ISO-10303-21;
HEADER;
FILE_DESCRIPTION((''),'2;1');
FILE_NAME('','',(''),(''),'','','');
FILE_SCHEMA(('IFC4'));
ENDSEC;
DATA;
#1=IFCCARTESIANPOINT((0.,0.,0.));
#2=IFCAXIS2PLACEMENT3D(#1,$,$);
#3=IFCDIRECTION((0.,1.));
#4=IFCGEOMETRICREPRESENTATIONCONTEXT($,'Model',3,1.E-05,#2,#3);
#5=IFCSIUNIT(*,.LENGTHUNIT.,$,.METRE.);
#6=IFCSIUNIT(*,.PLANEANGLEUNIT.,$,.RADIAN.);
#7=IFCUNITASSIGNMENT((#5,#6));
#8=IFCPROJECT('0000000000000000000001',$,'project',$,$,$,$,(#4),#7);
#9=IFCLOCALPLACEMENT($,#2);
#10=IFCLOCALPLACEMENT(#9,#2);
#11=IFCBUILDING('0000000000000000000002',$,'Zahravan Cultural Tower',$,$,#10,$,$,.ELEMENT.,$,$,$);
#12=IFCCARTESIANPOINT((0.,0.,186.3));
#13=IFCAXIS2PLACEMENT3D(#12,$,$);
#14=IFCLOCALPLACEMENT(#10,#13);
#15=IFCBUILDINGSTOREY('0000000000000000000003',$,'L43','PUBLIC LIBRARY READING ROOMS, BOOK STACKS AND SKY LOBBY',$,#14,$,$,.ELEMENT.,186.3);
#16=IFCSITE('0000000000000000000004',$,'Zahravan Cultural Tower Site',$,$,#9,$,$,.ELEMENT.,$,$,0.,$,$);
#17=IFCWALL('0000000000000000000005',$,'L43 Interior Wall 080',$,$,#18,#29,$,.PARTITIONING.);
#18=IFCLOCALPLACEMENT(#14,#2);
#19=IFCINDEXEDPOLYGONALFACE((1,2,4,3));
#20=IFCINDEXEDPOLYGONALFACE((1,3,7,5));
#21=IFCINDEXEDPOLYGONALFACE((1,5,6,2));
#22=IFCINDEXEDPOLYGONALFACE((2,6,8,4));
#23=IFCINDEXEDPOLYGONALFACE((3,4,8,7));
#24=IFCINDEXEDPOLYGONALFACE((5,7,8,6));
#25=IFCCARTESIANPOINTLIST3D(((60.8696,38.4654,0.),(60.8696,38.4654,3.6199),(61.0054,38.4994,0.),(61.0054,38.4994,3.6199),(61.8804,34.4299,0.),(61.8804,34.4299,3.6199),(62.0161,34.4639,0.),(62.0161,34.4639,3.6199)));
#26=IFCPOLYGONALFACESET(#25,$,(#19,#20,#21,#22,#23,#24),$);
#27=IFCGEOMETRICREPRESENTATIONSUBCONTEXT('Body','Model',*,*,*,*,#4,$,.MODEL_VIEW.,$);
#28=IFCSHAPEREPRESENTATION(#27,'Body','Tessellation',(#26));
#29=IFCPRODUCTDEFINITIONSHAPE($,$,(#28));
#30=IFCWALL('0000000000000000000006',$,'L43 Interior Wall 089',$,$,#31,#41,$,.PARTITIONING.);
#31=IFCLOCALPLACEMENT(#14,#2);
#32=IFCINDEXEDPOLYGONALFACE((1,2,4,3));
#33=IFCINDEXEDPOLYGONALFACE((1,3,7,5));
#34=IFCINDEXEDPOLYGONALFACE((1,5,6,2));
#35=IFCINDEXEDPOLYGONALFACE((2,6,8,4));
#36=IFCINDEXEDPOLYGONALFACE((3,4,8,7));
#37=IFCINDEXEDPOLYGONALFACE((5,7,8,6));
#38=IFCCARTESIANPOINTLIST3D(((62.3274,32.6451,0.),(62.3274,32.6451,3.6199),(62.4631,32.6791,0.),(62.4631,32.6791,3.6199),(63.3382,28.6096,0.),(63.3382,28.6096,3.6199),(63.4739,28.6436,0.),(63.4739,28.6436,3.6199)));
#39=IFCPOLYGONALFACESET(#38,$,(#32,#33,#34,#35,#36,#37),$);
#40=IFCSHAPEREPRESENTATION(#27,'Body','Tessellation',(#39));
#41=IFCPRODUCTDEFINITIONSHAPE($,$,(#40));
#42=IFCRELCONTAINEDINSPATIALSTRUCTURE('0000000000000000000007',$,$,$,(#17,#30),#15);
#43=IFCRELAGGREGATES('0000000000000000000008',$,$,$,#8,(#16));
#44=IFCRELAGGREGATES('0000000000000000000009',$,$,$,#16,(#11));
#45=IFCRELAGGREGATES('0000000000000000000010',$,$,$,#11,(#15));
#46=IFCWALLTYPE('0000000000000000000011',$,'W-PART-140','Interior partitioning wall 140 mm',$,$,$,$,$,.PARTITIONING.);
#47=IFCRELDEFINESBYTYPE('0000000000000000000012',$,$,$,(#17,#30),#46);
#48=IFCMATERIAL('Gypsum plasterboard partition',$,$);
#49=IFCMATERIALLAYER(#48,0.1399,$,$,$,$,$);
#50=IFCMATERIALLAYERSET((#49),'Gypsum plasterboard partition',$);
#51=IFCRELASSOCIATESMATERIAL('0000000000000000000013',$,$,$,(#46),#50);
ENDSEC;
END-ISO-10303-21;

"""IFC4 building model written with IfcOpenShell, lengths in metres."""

from ifc_helpers import new_model, si_unit, direction, frame, frame_2d, origin, place, context, subcontext, project, spatial, rectangle, extrude, source, transform, mapped, material, layer, layer_set, type_object, element, save


model = new_model("IFC4")

# Units and contexts
model_context = context("Model", 3, precision=1e-05, world=origin(), true_north=direction((0.0, 1.0)))
body_context = subcontext(model_context, "Body", "Model", "MODEL_VIEW")
ifc_project = project(units=[si_unit("LENGTHUNIT", "METRE"), si_unit("PLANEANGLEUNIT", "RADIAN")], contexts=[model_context])

# Site, building, storey
site_placement = place(None, origin())
site = spatial("IfcSite", under=ifc_project, at=site_placement, Name="Zahravan Cultural Tower Site", CompositionType="ELEMENT", RefElevation=0.0)
building_placement = place(site_placement, origin())
building = spatial("IfcBuilding", under=site, at=building_placement, Name="Zahravan Cultural Tower", CompositionType="ELEMENT")
storey_placement = place(building_placement, frame((0.0, 0.0, 186.3)))
storey = spatial("IfcBuildingStorey", under=building, at=storey_placement, Name="L43", Description="PUBLIC LIBRARY READING ROOMS, BOOK STACKS AND SKY LOBBY", CompositionType="ELEMENT", Elevation=186.3)

# Shared definitions
ifc_material_1 = material(Name="Gypsum plasterboard partition")
ifc_layer_1 = layer(ifc_material_1, 0.1399)
ifc_layer_set_1 = layer_set([ifc_layer_1], Name="Gypsum plasterboard partition")
wall_type_1 = type_object("IfcWallType", Name="W-PART-140", Description="Interior partitioning wall 140 mm", PredefinedType="PARTITIONING", material=ifc_layer_set_1)

# Walls
shared_shape_1 = source(origin(), body_context, "Body", "SweptSolid", [
    extrude(rectangle(XDim=4.1602, YDim=0.1399, at=frame_2d((2.0801, 0.0))), origin(), (0.0, 0.0, 1.0), 3.6199),
])
for number, where, z_axis, x_axis, name in (
    (1, (60.9375, 38.4824, 0.0), (0.0, 0.0, 1.0), (0.242964, -0.970035, 0.0), "L43 Interior Wall 080"),
    (2, (62.3953, 32.6621, 0.0), (0.0, 0.0, 1.0), (0.242964, -0.970035, 0.0), "L43 Interior Wall 089"),
):
    element("IfcWall", number, at=place(storey_placement, frame(where, z_axis=z_axis, x_axis=x_axis)), inside=storey, type_object=wall_type_1, Name=name, PredefinedType="PARTITIONING", context=body_context, shape_type="MappedRepresentation", body=[
        mapped(shared_shape_1, transform((0.0, 0.0, 0.0), x_axis=(1.0, 0.0, 0.0), y_axis=(0.0, 1.0, 0.0), z_axis=(0.0, 0.0, 1.0), scale=1.0)),
    ])

save(model, "model.ifc")
